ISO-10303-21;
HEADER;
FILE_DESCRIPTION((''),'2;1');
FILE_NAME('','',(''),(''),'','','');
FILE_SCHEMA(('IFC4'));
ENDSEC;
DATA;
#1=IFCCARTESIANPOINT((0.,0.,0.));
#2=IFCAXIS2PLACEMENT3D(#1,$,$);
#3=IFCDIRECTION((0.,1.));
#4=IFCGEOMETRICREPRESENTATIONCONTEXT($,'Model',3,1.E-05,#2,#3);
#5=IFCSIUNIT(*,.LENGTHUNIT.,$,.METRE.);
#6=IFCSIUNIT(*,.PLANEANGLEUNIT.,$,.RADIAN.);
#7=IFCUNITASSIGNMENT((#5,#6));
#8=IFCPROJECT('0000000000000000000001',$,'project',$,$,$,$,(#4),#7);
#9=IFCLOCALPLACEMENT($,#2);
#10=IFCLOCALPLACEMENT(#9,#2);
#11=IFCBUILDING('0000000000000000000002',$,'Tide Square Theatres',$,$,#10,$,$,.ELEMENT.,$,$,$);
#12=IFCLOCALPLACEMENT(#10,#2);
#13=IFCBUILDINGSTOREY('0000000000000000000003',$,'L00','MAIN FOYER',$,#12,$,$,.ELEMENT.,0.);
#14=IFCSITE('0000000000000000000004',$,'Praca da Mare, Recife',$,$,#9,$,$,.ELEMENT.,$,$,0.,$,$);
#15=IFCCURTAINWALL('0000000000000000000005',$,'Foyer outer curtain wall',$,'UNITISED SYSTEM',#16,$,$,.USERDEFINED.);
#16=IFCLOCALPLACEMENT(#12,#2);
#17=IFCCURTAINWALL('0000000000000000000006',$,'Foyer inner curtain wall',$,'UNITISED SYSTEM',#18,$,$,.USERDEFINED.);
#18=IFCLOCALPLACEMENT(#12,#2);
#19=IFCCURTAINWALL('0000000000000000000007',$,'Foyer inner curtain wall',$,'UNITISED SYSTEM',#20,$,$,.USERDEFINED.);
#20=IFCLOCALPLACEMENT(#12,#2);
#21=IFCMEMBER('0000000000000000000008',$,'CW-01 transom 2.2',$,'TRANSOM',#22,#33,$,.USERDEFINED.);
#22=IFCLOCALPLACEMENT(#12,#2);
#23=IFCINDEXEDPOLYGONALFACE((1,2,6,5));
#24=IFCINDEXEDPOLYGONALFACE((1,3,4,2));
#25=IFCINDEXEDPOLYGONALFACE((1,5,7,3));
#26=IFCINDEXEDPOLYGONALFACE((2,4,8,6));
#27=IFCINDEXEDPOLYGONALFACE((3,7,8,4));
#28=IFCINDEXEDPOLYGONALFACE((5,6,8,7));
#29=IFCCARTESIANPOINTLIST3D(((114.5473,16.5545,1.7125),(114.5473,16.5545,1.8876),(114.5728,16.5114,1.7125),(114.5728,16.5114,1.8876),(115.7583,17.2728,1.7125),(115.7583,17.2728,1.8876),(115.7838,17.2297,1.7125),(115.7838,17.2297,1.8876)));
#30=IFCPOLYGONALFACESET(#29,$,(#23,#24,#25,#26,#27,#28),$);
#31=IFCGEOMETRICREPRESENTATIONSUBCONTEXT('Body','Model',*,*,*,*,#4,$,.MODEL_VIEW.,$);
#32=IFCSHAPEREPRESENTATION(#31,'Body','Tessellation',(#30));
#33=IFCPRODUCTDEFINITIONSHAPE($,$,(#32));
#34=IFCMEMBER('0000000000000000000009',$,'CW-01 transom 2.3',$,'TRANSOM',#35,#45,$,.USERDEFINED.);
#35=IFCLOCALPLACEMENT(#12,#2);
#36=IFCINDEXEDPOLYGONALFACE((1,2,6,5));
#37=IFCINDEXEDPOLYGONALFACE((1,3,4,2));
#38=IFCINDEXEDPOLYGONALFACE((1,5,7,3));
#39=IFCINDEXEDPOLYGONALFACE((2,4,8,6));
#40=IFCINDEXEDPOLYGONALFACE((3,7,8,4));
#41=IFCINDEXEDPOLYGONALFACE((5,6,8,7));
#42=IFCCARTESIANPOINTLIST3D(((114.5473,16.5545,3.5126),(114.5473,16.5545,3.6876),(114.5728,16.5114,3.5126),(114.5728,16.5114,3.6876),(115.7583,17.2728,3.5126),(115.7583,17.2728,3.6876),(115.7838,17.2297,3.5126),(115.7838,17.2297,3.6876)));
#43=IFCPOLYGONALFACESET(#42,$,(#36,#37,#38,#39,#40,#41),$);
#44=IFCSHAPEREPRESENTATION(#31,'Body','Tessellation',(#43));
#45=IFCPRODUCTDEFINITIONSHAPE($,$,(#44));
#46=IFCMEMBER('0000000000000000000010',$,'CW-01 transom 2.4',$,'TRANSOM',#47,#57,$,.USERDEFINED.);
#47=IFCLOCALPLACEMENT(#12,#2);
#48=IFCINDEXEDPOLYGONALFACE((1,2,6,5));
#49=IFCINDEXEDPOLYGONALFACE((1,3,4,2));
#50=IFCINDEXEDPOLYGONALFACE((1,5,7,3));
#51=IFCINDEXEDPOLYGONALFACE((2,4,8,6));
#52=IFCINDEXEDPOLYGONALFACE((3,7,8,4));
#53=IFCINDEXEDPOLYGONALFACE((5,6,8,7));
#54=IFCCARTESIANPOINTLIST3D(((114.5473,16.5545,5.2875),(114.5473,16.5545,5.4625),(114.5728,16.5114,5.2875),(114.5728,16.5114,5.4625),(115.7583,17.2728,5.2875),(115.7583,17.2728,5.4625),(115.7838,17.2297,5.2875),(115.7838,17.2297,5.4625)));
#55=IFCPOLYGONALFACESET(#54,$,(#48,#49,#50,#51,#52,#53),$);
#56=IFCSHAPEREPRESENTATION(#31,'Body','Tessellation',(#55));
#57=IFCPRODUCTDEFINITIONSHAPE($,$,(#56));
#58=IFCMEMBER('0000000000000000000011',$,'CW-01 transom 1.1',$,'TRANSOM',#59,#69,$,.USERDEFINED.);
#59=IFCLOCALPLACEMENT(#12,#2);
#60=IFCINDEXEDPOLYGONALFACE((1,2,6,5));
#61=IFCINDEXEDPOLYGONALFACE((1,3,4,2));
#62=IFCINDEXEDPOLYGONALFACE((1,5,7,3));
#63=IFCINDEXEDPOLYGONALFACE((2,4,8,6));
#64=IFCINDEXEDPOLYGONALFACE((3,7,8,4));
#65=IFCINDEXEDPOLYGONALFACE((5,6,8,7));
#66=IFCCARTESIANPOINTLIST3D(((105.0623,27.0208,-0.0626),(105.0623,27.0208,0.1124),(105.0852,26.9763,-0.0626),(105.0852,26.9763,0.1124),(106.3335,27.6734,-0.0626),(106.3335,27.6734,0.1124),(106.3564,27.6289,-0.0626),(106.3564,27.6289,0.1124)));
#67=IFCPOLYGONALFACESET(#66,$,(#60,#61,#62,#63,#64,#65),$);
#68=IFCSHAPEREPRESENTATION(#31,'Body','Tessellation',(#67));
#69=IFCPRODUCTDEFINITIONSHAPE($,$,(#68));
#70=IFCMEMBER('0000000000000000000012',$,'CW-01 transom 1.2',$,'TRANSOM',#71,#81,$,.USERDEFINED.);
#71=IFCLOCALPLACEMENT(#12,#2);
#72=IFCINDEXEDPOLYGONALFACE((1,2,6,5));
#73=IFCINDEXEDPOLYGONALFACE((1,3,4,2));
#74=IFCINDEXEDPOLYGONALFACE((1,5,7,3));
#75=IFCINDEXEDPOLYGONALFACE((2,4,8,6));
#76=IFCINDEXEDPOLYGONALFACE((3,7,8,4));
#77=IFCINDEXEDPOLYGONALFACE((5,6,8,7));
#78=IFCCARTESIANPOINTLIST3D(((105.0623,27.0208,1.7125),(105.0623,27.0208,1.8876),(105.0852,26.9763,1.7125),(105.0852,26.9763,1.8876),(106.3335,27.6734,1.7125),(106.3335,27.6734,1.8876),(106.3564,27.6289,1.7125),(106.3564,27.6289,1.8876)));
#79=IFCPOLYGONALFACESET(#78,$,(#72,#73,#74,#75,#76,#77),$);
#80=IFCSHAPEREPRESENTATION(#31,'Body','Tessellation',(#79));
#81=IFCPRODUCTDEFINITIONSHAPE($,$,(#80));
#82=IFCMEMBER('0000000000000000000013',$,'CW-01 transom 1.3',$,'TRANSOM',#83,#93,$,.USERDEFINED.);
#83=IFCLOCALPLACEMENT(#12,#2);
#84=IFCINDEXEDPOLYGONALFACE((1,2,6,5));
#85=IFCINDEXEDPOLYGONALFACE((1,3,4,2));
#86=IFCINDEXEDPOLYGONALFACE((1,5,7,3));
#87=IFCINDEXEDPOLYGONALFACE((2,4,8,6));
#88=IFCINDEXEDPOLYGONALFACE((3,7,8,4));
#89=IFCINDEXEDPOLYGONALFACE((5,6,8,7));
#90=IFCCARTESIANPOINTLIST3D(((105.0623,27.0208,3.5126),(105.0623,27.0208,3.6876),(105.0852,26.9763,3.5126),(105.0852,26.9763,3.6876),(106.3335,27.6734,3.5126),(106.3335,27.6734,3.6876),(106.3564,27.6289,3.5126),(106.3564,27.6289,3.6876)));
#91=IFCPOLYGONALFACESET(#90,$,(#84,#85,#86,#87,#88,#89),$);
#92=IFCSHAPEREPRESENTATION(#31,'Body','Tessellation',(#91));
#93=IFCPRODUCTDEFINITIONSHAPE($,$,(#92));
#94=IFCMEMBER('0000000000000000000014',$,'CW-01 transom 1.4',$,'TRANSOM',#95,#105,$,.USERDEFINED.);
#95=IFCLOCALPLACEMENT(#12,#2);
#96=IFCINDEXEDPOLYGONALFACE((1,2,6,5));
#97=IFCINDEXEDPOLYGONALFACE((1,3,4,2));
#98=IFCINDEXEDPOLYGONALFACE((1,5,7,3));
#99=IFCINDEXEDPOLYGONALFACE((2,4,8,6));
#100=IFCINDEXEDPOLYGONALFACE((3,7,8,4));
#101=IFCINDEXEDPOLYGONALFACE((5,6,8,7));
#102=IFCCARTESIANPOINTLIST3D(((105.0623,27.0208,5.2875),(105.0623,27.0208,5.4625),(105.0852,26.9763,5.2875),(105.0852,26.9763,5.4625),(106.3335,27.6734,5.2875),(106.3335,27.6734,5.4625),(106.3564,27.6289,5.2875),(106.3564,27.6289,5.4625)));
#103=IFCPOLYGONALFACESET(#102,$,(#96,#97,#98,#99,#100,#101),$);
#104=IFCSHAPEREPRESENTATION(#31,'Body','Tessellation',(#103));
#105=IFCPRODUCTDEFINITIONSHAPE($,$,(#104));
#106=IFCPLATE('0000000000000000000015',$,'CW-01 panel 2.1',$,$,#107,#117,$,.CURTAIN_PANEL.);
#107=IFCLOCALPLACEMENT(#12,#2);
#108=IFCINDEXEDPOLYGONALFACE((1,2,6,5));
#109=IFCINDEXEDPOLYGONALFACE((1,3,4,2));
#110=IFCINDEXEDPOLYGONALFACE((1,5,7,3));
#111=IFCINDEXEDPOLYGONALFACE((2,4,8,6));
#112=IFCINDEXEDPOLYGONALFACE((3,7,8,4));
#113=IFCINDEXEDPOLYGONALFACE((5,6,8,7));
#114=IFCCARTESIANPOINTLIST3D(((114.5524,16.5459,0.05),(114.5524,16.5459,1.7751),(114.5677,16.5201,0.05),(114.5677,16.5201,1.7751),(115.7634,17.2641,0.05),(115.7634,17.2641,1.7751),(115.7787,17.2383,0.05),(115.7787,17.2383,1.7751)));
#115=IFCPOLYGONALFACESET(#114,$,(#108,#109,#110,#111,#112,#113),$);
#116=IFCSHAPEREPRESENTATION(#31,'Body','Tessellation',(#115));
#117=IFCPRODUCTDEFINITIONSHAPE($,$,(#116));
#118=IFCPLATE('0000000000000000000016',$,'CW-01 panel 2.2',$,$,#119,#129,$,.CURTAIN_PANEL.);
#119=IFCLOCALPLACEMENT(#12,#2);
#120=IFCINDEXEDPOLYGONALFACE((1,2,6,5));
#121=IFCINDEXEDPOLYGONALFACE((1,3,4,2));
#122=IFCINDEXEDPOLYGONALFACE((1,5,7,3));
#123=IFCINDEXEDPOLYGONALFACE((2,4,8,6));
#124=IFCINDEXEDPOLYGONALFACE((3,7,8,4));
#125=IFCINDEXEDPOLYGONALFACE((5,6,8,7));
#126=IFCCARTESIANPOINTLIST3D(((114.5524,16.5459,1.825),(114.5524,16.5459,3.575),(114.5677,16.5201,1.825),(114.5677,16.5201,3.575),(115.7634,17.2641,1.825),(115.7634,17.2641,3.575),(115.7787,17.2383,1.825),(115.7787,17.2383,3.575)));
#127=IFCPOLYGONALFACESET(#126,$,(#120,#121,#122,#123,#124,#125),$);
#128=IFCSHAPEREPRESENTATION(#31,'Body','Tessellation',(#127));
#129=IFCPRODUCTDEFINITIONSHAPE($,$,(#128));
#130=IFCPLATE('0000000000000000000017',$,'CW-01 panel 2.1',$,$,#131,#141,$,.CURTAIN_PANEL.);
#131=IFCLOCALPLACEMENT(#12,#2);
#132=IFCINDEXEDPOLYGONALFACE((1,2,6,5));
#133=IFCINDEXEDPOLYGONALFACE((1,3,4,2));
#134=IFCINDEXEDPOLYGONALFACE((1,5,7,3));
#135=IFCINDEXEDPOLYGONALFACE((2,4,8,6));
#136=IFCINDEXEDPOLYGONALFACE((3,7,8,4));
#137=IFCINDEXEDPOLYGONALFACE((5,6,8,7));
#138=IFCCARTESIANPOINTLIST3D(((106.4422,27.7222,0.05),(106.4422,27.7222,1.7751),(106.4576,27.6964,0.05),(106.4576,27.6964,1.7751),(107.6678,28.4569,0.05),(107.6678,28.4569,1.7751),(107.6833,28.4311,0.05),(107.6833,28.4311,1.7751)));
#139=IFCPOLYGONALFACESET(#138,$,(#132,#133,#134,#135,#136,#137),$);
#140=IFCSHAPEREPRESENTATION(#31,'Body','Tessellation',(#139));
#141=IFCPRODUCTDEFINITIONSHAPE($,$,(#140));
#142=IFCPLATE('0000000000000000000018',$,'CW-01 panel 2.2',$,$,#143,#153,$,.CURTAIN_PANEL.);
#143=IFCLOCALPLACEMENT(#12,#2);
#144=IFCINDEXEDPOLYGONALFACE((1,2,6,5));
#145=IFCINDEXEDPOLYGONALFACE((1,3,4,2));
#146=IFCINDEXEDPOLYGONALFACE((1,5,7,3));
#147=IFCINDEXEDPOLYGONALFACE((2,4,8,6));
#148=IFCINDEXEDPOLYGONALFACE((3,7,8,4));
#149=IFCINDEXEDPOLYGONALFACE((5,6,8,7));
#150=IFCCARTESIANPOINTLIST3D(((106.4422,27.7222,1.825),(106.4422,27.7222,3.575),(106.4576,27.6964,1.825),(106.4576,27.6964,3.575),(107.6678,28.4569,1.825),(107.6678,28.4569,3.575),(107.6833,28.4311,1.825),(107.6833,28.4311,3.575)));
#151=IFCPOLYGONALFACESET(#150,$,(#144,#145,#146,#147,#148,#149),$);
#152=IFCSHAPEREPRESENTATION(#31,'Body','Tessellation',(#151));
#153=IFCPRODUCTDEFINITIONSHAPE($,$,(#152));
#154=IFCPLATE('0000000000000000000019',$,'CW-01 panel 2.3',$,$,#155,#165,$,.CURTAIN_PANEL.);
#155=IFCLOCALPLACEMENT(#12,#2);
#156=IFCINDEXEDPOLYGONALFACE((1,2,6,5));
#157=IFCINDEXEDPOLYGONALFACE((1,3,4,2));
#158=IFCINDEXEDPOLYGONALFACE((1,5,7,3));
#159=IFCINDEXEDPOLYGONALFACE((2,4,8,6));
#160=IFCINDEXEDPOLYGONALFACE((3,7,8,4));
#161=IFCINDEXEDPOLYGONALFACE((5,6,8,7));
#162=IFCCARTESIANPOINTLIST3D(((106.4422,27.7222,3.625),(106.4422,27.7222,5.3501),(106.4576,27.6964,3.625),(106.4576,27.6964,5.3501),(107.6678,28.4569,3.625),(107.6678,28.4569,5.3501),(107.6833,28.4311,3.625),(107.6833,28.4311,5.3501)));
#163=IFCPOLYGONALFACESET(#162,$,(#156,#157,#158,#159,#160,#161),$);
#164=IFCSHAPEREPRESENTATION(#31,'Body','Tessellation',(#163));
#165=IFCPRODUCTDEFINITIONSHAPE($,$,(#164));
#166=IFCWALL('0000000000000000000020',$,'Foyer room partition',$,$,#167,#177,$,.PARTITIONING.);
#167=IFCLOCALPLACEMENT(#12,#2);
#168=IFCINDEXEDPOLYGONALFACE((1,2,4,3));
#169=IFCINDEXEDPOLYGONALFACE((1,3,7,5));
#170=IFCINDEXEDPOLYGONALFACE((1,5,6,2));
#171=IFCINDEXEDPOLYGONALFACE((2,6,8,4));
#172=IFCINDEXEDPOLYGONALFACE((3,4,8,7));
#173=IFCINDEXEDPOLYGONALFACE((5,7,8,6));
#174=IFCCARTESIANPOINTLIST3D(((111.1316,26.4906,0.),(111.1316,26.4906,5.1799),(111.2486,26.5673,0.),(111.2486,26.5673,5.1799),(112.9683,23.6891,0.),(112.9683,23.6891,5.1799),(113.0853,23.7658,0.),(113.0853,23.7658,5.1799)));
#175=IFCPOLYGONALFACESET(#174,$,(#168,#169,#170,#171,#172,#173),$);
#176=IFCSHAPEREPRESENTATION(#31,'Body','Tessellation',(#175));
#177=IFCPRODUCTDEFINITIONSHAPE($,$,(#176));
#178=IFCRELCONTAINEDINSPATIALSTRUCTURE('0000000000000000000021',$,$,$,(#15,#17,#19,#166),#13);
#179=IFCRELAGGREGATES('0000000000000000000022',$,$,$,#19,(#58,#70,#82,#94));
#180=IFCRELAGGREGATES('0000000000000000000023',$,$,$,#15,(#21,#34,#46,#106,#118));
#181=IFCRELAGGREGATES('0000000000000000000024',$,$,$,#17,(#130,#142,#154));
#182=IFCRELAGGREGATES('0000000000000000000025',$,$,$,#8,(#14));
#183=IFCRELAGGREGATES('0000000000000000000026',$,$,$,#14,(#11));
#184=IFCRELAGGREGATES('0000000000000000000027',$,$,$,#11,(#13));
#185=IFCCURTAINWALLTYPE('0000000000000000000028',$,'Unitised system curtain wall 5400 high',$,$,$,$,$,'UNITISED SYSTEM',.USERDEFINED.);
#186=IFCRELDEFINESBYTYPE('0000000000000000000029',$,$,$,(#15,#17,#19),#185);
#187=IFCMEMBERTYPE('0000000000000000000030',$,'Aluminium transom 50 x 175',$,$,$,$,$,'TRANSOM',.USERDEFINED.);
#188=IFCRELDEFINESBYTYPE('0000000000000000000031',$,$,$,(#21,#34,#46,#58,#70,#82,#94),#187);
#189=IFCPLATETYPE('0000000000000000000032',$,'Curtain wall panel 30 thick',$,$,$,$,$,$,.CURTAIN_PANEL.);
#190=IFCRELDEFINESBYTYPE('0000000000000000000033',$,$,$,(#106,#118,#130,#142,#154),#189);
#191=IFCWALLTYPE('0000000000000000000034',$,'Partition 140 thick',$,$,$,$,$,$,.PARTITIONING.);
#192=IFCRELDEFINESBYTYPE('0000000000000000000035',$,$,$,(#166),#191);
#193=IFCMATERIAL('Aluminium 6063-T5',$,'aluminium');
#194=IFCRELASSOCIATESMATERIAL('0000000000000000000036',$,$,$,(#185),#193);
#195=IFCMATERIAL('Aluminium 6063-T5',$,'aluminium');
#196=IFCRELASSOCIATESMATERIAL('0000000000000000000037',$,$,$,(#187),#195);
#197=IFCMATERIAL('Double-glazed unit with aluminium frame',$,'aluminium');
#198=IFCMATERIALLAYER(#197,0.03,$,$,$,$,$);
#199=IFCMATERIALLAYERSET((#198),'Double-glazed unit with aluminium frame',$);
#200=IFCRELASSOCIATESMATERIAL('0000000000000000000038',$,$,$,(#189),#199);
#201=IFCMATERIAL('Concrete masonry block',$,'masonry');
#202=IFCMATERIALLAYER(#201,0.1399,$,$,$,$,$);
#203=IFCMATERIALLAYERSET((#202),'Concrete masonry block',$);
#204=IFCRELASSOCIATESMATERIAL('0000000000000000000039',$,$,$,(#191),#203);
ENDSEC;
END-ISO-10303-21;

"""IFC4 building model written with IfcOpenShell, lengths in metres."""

from ifc_helpers import new_model, si_unit, direction, frame, frame_2d, origin, origin_2d, place, context, subcontext, project, spatial, rectangle, extrude, material, layer, layer_set, material_profile, profile_set, type_object, element, aggregate, save


model = new_model("IFC4")

# Units and contexts
model_context = context("Model", 3, precision=1e-05, world=origin(), true_north=direction((0.0, 1.0)))
body_context = subcontext(model_context, "Body", "Model", "MODEL_VIEW")
ifc_project = project(units=[si_unit("LENGTHUNIT", "METRE"), si_unit("PLANEANGLEUNIT", "RADIAN")], contexts=[model_context])

# Site, building, storey
site_placement = place(None, origin())
site = spatial("IfcSite", under=ifc_project, at=site_placement, Name="Praca da Mare, Recife", CompositionType="ELEMENT", RefElevation=0.0)
building_placement = place(site_placement, origin())
building = spatial("IfcBuilding", under=site, at=building_placement, Name="Tide Square Theatres", CompositionType="ELEMENT")
storey_placement = place(building_placement, origin())
storey = spatial("IfcBuildingStorey", under=building, at=storey_placement, Name="L00", Description="MAIN FOYER", CompositionType="ELEMENT", Elevation=0.0)

# Curtain walls
ifc_material_1 = material(Name="Aluminium 6063-T5", Category="aluminium")
curtain_wall_type = type_object("IfcCurtainWallType", Name="Unitised system curtain wall 5400 high", ElementType="UNITISED SYSTEM", PredefinedType="USERDEFINED", material=ifc_material_1)
curtain_wall_1_placement = place(storey_placement, origin())
curtain_wall_1 = element("IfcCurtainWall", 1, at=curtain_wall_1_placement, inside=storey, type_object=curtain_wall_type, Name="Foyer outer curtain wall", ObjectType="UNITISED SYSTEM", PredefinedType="USERDEFINED")
curtain_wall_2_placement = place(storey_placement, origin())
curtain_wall_2 = element("IfcCurtainWall", 2, at=curtain_wall_2_placement, inside=storey, type_object=curtain_wall_type, Name="Foyer inner curtain wall", ObjectType="UNITISED SYSTEM", PredefinedType="USERDEFINED")
curtain_wall_3_placement = place(storey_placement, origin())
curtain_wall_3 = element("IfcCurtainWall", 3, at=curtain_wall_3_placement, inside=storey, type_object=curtain_wall_type, Name="Foyer inner curtain wall", ObjectType="UNITISED SYSTEM", PredefinedType="USERDEFINED")

# Members
ifc_material_2 = material(Name="Aluminium 6063-T5", Category="aluminium")
ifc_material_profile_1 = material_profile(ifc_material_2, rectangle(XDim=0.05, YDim=0.175, at=origin_2d()))
ifc_profile_set_1 = profile_set([ifc_material_profile_1], Name="Aluminium 6063-T5")
member_type_1 = type_object("IfcMemberType", Name="Aluminium transom 50 x 175", ElementType="TRANSOM", PredefinedType="USERDEFINED", material=ifc_profile_set_1)
member_1_placement = place(storey_placement, frame((114.5601, 16.533, 1.8), z_axis=(0.860083, 0.510154, 0.0), x_axis=(-0.510154, 0.860083, 0.0)))
member_1 = element("IfcMember", 4, at=member_1_placement, type_object=member_type_1, Name="CW-01 transom 2.2", ObjectType="TRANSOM", PredefinedType="USERDEFINED", context=body_context, shape_type="SweptSolid", body=[
    extrude(rectangle(XDim=0.05, YDim=0.175, at=origin_2d()), origin(), (0.0, 0.0, 1.0), 1.408),
])
member_2_placement = place(storey_placement, frame((114.5601, 16.533, 3.6001), z_axis=(0.860083, 0.510154, 0.0), x_axis=(-0.510154, 0.860083, 0.0)))
member_2 = element("IfcMember", 5, at=member_2_placement, type_object=member_type_1, Name="CW-01 transom 2.3", ObjectType="TRANSOM", PredefinedType="USERDEFINED", context=body_context, shape_type="SweptSolid", body=[
    extrude(rectangle(XDim=0.05, YDim=0.175, at=origin_2d()), origin(), (0.0, 0.0, 1.0), 1.408),
])
member_3_placement = place(storey_placement, frame((114.5601, 16.533, 5.375), z_axis=(0.860083, 0.510154, 0.0), x_axis=(-0.510154, 0.860083, 0.0)))
member_3 = element("IfcMember", 6, at=member_3_placement, type_object=member_type_1, Name="CW-01 transom 2.4", ObjectType="TRANSOM", PredefinedType="USERDEFINED", context=body_context, shape_type="SweptSolid", body=[
    extrude(rectangle(XDim=0.05, YDim=0.175, at=origin_2d()), origin(), (0.0, 0.0, 1.0), 1.408),
])
member_4_placement = place(storey_placement, frame((106.345, 27.6511, 0.0249), z_axis=(-0.889627, -0.456688, 0.0), x_axis=(0.456688, -0.889627, 0.0)))
member_4 = element("IfcMember", 7, at=member_4_placement, type_object=member_type_1, Name="CW-01 transom 1.1", ObjectType="TRANSOM", PredefinedType="USERDEFINED", context=body_context, shape_type="SweptSolid", body=[
    extrude(rectangle(XDim=0.05, YDim=0.175, at=origin_2d()), origin(), (0.0, 0.0, 1.0), 1.429),
])
member_5_placement = place(storey_placement, frame((106.345, 27.6511, 1.8), z_axis=(-0.889627, -0.456688, 0.0), x_axis=(0.456688, -0.889627, 0.0)))
member_5 = element("IfcMember", 8, at=member_5_placement, type_object=member_type_1, Name="CW-01 transom 1.2", ObjectType="TRANSOM", PredefinedType="USERDEFINED", context=body_context, shape_type="SweptSolid", body=[
    extrude(rectangle(XDim=0.05, YDim=0.175, at=origin_2d()), origin(), (0.0, 0.0, 1.0), 1.429),
])
member_6_placement = place(storey_placement, frame((106.345, 27.6511, 3.6001), z_axis=(-0.889627, -0.456688, 0.0), x_axis=(0.456688, -0.889627, 0.0)))
member_6 = element("IfcMember", 9, at=member_6_placement, type_object=member_type_1, Name="CW-01 transom 1.3", ObjectType="TRANSOM", PredefinedType="USERDEFINED", context=body_context, shape_type="SweptSolid", body=[
    extrude(rectangle(XDim=0.05, YDim=0.175, at=origin_2d()), origin(), (0.0, 0.0, 1.0), 1.429),
])
member_7_placement = place(storey_placement, frame((106.345, 27.6511, 5.375), z_axis=(-0.889627, -0.456688, 0.0), x_axis=(0.456688, -0.889627, 0.0)))
member_7 = element("IfcMember", 10, at=member_7_placement, type_object=member_type_1, Name="CW-01 transom 1.4", ObjectType="TRANSOM", PredefinedType="USERDEFINED", context=body_context, shape_type="SweptSolid", body=[
    extrude(rectangle(XDim=0.05, YDim=0.175, at=origin_2d()), origin(), (0.0, 0.0, 1.0), 1.429),
])
aggregate(curtain_wall_3, [member_4, member_5, member_6, member_7])

# Plates
ifc_material_3 = material(Name="Double-glazed unit with aluminium frame", Category="aluminium")
ifc_layer_1 = layer(ifc_material_3, 0.03)
ifc_layer_set_1 = layer_set([ifc_layer_1], Name="Double-glazed unit with aluminium frame")
plate_type = type_object("IfcPlateType", Name="Curtain wall panel 30 thick", PredefinedType="CURTAIN_PANEL", material=ifc_layer_set_1)
plate_1_placement = place(storey_placement, frame((115.1655, 16.8921, 0.05), z_axis=(0.0, 0.0, 1.0), x_axis=(0.8601, 0.510125, 0.0)))
plate_1 = element("IfcPlate", 11, at=plate_1_placement, type_object=plate_type, Name="CW-01 panel 2.1", PredefinedType="CURTAIN_PANEL", context=body_context, shape_type="SweptSolid", body=[
    extrude(rectangle(XDim=1.408, YDim=0.03, at=origin_2d()), origin(), (0.0, 0.0, 1.0), 1.7251),
])
plate_2_placement = place(storey_placement, frame((115.1655, 16.8921, 1.825), z_axis=(0.0, 0.0, 1.0), x_axis=(0.8601, 0.510125, 0.0)))
plate_2 = element("IfcPlate", 12, at=plate_2_placement, type_object=plate_type, Name="CW-01 panel 2.2", PredefinedType="CURTAIN_PANEL", context=body_context, shape_type="SweptSolid", body=[
    extrude(rectangle(XDim=1.408, YDim=0.03, at=origin_2d()), origin(), (0.0, 0.0, 1.0), 1.75),
])
aggregate(curtain_wall_1, [member_1, member_2, member_3, plate_1, plate_2])
plate_3_placement = place(storey_placement, frame((107.0627, 28.0767, 0.05), z_axis=(0.0, 0.0, 1.0), x_axis=(-0.857714, -0.514128, 0.0)))
plate_3 = element("IfcPlate", 13, at=plate_3_placement, type_object=plate_type, Name="CW-01 panel 2.1", PredefinedType="CURTAIN_PANEL", context=body_context, shape_type="SweptSolid", body=[
    extrude(rectangle(XDim=1.429, YDim=0.03, at=origin_2d()), origin(), (0.0, 0.0, 1.0), 1.7251),
])
plate_4_placement = place(storey_placement, frame((107.0627, 28.0767, 1.825), z_axis=(0.0, 0.0, 1.0), x_axis=(-0.857714, -0.514128, 0.0)))
plate_4 = element("IfcPlate", 14, at=plate_4_placement, type_object=plate_type, Name="CW-01 panel 2.2", PredefinedType="CURTAIN_PANEL", context=body_context, shape_type="SweptSolid", body=[
    extrude(rectangle(XDim=1.429, YDim=0.03, at=origin_2d()), origin(), (0.0, 0.0, 1.0), 1.75),
])
plate_5_placement = place(storey_placement, frame((107.0627, 28.0767, 3.625), z_axis=(0.0, 0.0, 1.0), x_axis=(-0.857714, -0.514128, 0.0)))
plate_5 = element("IfcPlate", 15, at=plate_5_placement, type_object=plate_type, Name="CW-01 panel 2.3", PredefinedType="CURTAIN_PANEL", context=body_context, shape_type="SweptSolid", body=[
    extrude(rectangle(XDim=1.429, YDim=0.03, at=origin_2d()), origin(), (0.0, 0.0, 1.0), 1.7251),
])
aggregate(curtain_wall_2, [plate_3, plate_4, plate_5])

# Wall
ifc_material_4 = material(Name="Concrete masonry block", Category="masonry")
ifc_layer_2 = layer(ifc_material_4, 0.1399)
ifc_layer_set_2 = layer_set([ifc_layer_2], Name="Concrete masonry block")
wall_type_1 = type_object("IfcWallType", Name="Partition 140 thick", PredefinedType="PARTITIONING", material=ifc_layer_set_2)
wall_1_placement = place(storey_placement, frame((111.1902, 26.5288, 0.0), z_axis=(0.0, 0.0, 1.0), x_axis=(0.548276, -0.836298, 0.0)))
element("IfcWall", 16, at=wall_1_placement, inside=storey, type_object=wall_type_1, Name="Foyer room partition", PredefinedType="PARTITIONING", context=body_context, shape_type="SweptSolid", body=[
    extrude(rectangle(XDim=3.3499, YDim=0.1399, at=frame_2d((1.6748, 0.0))), origin(), (0.0, 0.0, 1.0), 5.1799),
])

save(model, "model.ifc")
